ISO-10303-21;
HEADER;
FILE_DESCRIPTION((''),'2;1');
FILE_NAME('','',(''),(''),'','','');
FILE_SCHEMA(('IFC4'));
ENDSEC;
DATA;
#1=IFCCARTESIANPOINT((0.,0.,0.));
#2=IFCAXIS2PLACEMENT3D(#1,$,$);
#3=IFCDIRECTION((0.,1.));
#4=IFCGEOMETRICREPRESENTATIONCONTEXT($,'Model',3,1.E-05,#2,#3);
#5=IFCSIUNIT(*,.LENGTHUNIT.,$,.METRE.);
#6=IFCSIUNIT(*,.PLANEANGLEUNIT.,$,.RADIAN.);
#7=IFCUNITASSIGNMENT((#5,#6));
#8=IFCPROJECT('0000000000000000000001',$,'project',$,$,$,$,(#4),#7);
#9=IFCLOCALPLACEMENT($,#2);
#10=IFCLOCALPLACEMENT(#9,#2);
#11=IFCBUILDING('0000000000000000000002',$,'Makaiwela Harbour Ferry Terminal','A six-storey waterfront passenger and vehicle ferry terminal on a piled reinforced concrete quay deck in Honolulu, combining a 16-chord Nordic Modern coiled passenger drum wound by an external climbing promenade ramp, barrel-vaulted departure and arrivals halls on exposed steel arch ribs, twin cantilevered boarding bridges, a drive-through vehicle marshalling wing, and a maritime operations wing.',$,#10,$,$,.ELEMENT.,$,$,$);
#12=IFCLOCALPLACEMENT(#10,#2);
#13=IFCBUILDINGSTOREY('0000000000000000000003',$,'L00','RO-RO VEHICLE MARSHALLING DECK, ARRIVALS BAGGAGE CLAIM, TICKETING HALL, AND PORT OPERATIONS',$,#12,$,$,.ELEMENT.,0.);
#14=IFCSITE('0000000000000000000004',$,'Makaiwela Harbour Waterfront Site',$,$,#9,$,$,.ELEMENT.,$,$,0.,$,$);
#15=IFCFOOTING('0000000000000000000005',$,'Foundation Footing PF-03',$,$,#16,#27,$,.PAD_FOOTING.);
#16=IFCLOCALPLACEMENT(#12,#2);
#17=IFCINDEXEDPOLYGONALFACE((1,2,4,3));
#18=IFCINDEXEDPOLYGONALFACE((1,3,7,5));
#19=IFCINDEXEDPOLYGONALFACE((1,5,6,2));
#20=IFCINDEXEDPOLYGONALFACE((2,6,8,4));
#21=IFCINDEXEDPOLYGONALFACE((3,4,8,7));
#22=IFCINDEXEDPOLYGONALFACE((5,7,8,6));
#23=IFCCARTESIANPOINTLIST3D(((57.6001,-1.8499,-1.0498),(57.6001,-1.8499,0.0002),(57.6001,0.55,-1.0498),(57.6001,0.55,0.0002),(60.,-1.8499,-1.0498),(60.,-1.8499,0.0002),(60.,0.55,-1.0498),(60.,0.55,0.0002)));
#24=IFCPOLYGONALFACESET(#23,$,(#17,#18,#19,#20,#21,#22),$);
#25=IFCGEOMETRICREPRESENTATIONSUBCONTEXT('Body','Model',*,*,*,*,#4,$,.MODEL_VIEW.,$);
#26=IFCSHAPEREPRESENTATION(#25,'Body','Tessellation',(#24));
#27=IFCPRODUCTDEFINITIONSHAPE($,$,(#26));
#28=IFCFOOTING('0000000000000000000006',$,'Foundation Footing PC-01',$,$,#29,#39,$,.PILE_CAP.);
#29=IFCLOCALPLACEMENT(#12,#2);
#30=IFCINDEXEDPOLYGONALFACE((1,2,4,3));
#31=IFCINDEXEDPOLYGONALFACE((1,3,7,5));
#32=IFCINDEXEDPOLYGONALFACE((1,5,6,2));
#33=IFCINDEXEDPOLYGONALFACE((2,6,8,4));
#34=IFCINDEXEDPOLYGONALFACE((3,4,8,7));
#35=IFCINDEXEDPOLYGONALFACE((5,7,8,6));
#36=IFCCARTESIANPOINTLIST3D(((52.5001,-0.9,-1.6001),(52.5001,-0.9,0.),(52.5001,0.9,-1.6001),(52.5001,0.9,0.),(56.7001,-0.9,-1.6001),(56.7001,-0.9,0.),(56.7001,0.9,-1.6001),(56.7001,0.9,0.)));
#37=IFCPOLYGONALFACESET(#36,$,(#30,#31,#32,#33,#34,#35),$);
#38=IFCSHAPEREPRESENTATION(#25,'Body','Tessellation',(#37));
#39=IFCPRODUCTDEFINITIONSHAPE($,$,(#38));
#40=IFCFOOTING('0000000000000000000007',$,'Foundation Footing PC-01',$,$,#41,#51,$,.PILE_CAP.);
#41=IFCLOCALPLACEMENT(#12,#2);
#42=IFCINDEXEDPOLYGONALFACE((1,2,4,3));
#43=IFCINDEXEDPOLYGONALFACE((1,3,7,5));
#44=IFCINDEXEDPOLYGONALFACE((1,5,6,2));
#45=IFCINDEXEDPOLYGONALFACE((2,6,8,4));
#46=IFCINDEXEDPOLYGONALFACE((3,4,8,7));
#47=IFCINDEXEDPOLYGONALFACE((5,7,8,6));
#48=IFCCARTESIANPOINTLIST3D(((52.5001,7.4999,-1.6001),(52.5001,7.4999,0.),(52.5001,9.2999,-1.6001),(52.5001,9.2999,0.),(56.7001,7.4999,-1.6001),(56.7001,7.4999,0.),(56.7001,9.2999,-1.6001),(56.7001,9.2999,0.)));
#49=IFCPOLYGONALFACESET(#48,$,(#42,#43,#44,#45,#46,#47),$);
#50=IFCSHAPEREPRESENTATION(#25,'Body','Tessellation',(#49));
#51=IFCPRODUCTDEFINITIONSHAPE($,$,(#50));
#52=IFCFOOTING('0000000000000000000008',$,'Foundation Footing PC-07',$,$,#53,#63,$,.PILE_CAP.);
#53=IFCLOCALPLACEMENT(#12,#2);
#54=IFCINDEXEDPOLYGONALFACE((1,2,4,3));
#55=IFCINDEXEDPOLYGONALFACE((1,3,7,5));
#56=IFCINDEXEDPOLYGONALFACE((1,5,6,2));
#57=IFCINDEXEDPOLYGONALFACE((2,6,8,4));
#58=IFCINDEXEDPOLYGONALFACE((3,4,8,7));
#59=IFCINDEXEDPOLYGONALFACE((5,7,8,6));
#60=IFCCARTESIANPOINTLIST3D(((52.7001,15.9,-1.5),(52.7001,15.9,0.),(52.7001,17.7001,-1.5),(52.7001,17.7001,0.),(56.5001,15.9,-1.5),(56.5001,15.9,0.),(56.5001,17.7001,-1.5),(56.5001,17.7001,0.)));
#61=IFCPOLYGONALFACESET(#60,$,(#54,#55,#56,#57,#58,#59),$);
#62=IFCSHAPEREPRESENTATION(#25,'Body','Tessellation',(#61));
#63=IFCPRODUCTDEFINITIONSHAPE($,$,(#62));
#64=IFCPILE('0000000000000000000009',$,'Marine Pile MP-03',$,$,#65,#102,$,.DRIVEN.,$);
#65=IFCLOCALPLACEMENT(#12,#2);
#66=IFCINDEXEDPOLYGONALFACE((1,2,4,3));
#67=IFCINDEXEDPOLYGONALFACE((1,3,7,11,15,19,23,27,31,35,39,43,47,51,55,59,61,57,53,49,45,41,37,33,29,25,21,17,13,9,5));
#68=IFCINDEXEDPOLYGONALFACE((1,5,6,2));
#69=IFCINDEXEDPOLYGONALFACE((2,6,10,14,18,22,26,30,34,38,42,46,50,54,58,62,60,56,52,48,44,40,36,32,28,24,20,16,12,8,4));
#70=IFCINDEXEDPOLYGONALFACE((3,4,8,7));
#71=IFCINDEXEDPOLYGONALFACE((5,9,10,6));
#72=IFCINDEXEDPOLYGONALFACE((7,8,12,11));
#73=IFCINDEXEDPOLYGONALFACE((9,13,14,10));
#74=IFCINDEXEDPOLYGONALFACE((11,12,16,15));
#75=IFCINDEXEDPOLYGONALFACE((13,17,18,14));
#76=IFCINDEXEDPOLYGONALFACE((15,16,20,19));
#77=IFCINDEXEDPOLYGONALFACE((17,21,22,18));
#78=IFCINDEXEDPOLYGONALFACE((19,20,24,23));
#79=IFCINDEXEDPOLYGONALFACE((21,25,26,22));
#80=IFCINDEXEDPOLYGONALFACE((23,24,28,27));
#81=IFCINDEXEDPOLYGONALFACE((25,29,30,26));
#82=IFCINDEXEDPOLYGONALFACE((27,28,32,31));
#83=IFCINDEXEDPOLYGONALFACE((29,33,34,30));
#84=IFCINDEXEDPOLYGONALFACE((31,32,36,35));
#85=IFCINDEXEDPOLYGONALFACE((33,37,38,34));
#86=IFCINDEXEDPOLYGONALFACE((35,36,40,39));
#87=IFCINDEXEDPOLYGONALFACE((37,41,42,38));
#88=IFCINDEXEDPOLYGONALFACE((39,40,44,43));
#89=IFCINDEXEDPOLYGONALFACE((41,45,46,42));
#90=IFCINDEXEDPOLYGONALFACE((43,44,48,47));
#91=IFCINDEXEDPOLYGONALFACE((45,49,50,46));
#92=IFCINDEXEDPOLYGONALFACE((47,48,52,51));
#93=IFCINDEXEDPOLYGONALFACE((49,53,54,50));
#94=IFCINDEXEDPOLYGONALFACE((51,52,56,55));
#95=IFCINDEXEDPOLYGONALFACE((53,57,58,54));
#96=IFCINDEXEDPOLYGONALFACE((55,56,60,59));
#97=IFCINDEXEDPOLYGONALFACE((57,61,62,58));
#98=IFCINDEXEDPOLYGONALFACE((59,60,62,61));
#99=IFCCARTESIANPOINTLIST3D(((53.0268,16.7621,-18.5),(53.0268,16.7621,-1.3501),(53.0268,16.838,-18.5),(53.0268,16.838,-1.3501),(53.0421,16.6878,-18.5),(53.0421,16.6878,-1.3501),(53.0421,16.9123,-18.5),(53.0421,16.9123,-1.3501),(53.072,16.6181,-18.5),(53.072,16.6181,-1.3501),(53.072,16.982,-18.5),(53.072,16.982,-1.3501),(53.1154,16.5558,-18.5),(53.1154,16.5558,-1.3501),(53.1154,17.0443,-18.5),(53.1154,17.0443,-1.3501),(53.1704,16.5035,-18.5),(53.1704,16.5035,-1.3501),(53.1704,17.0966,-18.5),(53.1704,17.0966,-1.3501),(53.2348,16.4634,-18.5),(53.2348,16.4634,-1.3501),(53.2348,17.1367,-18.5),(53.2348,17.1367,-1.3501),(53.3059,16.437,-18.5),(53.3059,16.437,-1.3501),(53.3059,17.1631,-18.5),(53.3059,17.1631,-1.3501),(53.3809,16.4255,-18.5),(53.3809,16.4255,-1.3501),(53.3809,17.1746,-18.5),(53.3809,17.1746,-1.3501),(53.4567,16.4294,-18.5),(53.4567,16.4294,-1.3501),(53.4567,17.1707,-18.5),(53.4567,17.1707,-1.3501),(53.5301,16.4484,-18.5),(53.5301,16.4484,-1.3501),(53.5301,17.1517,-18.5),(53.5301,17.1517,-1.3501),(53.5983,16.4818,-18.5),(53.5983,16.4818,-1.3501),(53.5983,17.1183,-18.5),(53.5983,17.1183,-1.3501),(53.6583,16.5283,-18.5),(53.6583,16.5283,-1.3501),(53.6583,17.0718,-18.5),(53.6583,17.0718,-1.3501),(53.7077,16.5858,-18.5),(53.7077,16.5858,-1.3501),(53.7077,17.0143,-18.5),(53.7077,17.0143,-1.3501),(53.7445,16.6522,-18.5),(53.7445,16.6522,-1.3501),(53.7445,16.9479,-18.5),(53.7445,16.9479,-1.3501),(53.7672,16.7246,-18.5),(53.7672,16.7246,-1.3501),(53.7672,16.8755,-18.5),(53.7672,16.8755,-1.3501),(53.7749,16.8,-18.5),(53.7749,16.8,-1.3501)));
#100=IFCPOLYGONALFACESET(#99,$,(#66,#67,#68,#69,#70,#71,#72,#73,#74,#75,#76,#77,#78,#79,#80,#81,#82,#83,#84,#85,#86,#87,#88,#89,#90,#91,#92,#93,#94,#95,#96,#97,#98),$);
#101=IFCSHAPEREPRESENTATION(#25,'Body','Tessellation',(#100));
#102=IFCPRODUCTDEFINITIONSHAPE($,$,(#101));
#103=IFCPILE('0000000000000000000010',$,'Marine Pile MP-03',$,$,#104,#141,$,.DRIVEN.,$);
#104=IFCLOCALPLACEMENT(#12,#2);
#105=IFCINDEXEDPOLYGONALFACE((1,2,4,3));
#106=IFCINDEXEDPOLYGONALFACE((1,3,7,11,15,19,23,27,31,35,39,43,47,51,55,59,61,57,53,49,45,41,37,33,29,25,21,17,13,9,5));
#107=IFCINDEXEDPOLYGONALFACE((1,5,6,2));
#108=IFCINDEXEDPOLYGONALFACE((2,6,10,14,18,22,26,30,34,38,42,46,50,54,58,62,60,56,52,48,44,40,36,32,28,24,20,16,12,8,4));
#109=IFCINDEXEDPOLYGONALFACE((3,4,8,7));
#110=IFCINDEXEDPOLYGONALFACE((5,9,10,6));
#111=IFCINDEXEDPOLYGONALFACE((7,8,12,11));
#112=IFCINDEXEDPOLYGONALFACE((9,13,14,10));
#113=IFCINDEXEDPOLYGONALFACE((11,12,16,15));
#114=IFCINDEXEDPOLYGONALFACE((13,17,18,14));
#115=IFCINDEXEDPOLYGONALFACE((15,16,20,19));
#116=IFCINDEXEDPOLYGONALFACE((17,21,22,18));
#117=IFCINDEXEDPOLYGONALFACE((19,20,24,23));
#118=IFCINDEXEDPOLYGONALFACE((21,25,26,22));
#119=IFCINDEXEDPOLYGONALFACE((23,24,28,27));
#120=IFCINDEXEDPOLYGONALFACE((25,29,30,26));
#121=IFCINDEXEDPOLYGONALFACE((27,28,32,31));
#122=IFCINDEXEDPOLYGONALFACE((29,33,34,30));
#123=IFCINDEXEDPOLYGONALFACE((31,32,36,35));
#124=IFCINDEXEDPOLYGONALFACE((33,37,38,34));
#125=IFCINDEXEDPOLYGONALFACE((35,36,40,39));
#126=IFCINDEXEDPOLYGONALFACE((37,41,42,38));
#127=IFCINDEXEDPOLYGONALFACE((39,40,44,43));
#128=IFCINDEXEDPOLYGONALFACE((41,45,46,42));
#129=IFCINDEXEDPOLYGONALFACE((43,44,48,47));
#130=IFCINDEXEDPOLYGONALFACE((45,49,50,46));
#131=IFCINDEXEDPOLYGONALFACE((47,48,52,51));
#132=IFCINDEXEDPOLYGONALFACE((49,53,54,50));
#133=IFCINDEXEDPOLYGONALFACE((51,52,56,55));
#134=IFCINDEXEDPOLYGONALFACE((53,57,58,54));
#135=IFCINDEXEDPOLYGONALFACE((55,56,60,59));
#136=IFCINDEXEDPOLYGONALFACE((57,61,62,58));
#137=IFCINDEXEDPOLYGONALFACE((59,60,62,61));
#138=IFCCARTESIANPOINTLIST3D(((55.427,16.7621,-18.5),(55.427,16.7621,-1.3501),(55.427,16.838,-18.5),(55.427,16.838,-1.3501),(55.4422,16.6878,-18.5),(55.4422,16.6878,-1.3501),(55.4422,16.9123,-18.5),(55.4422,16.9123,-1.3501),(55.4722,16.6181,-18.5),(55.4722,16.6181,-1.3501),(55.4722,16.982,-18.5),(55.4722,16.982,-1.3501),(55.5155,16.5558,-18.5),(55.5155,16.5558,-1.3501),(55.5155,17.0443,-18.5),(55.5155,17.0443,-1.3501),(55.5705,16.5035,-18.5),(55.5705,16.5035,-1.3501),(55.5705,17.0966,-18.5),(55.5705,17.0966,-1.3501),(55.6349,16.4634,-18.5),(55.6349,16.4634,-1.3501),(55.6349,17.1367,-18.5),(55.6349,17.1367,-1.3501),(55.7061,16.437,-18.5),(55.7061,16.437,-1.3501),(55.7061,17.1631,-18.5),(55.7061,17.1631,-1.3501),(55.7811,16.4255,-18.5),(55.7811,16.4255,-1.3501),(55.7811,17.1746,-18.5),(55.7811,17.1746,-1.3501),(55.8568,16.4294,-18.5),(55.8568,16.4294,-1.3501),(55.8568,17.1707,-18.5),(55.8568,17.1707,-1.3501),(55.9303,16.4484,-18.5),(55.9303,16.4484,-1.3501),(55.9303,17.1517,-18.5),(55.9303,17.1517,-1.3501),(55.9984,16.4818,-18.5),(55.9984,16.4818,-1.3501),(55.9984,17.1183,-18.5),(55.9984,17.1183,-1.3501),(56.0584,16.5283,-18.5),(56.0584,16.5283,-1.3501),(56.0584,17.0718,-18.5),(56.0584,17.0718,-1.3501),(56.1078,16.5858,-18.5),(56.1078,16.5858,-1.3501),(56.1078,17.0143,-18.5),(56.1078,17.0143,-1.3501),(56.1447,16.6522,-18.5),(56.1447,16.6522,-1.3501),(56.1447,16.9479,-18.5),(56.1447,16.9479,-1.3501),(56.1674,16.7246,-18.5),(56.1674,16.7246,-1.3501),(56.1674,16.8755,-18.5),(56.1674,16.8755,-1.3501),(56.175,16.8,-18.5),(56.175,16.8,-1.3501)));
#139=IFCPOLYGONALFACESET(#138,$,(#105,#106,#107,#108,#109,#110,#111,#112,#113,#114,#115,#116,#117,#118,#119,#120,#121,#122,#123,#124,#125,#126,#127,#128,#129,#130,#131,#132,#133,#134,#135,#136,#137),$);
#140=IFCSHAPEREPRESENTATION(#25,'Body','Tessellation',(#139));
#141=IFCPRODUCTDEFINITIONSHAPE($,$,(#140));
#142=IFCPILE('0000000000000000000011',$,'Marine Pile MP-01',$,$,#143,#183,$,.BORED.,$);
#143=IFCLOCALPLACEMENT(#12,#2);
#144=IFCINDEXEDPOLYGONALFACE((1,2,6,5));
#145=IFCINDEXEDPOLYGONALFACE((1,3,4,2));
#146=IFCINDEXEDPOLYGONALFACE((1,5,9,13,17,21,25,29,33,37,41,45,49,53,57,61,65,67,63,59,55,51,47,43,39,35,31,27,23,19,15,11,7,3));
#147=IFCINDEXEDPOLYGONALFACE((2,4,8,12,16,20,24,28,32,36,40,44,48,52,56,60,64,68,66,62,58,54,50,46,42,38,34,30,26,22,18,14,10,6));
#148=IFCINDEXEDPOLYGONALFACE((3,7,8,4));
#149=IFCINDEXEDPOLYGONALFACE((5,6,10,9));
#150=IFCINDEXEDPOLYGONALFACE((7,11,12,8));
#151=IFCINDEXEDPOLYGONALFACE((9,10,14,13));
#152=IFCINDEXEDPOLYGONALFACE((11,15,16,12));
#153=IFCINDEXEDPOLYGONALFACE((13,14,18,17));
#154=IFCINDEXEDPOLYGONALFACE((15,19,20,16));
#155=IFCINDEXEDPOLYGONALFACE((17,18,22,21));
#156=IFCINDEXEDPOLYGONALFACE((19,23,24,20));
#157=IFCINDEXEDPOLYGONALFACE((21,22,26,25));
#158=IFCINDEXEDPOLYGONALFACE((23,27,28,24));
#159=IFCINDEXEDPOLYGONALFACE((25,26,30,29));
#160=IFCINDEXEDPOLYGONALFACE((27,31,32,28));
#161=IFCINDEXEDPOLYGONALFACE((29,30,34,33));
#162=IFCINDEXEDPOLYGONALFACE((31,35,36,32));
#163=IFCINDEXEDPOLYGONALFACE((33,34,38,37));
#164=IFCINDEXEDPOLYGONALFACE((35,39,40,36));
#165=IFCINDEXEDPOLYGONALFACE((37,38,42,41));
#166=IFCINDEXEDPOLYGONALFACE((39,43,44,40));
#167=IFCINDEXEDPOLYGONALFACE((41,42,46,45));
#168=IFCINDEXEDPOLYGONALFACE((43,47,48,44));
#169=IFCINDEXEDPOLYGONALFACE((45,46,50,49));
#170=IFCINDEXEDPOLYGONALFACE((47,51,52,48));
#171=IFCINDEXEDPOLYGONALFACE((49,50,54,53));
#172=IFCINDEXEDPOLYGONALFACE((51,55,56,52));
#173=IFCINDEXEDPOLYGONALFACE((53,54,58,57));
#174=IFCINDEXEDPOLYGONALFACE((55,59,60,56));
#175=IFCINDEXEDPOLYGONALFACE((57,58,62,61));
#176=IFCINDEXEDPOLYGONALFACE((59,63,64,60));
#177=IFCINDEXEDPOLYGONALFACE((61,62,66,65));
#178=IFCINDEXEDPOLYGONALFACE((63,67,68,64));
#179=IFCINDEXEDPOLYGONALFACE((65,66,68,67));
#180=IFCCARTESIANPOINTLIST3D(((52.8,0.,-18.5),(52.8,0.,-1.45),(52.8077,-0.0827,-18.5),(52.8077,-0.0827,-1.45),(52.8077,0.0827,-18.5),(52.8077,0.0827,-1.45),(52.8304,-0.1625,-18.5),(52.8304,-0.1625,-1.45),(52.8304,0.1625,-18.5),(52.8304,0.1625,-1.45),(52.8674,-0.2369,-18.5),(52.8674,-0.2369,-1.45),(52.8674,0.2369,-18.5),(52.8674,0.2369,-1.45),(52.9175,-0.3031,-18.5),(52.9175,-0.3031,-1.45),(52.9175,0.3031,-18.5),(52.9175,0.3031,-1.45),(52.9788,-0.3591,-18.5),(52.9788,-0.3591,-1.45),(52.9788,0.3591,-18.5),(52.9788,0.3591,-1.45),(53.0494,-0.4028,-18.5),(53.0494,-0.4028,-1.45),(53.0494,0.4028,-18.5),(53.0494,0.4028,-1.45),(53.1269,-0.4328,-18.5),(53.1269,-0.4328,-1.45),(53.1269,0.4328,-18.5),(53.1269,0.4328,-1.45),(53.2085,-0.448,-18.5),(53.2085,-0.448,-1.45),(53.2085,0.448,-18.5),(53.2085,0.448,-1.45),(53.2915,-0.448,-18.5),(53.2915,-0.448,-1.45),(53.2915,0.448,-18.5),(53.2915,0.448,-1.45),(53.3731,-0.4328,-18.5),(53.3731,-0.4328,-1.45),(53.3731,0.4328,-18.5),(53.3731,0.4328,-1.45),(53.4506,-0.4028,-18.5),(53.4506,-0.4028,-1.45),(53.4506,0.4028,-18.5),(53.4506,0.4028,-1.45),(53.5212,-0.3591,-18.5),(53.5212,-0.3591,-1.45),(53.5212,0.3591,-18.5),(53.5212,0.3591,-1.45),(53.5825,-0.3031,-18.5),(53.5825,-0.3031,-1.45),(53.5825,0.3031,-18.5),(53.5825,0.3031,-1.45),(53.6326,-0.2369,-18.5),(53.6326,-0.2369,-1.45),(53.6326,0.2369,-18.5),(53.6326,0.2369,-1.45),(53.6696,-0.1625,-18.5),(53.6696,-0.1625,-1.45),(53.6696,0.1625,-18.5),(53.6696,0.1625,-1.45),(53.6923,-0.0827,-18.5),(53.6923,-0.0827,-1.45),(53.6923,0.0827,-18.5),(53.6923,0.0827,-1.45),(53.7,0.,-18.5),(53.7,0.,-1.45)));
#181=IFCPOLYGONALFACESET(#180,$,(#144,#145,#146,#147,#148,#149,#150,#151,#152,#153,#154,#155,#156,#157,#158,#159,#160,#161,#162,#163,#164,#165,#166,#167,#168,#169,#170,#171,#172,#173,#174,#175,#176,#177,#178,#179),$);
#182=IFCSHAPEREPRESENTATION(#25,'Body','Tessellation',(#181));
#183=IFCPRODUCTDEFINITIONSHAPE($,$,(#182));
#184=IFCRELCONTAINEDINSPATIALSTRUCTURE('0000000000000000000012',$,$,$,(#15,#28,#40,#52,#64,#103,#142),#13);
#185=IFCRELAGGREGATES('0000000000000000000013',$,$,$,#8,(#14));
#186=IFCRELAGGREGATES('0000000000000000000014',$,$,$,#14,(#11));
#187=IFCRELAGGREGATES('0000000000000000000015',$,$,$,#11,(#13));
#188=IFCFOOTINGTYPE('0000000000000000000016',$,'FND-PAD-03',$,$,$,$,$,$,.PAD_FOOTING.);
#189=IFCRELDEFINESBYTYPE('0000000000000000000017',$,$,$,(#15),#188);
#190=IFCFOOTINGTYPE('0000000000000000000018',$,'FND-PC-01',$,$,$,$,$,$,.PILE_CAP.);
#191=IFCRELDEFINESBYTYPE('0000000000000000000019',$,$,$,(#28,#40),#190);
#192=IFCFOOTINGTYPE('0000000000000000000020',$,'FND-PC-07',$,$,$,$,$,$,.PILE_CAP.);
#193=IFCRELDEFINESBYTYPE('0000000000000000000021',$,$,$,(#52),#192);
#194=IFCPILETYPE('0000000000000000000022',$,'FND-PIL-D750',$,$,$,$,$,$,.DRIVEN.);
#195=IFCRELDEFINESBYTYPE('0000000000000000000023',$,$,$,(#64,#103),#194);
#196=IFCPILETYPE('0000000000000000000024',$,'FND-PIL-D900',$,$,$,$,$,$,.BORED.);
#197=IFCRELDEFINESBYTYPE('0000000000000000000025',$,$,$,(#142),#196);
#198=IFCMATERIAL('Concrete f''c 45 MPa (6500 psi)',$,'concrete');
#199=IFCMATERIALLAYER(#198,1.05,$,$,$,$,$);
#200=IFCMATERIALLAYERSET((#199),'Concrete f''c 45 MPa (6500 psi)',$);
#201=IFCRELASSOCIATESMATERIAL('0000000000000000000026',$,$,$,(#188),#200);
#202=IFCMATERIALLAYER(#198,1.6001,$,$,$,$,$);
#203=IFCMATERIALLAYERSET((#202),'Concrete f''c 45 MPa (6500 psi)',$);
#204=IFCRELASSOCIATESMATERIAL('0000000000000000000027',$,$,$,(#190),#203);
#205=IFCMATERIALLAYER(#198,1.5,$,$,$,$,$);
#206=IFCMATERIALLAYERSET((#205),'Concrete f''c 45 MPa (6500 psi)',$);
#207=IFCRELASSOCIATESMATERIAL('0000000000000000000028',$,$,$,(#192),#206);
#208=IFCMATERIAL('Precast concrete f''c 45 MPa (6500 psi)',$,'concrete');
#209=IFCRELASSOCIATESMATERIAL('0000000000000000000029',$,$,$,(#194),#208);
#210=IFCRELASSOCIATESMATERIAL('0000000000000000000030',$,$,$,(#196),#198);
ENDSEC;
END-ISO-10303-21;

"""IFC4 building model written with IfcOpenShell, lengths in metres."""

from ifc_helpers import new_model, si_unit, direction, frame, origin, origin_2d, place, context, subcontext, project, spatial, rectangle, circle, extrude, material, layer, layer_set, material_profile, profile_set, type_object, element, save


model = new_model("IFC4")

# Units and contexts
model_context = context("Model", 3, precision=1e-05, world=origin(), true_north=direction((0.0, 1.0)))
body_context = subcontext(model_context, "Body", "Model", "MODEL_VIEW")
ifc_project = project(units=[si_unit("LENGTHUNIT", "METRE"), si_unit("PLANEANGLEUNIT", "RADIAN")], contexts=[model_context])

# Site, building, storey
site_placement = place(None, origin())
site = spatial("IfcSite", under=ifc_project, at=site_placement, Name="Makaiwela Harbour Waterfront Site", CompositionType="ELEMENT", RefElevation=0.0)
building_placement = place(site_placement, origin())
building = spatial("IfcBuilding", under=site, at=building_placement, Name="Makaiwela Harbour Ferry Terminal", Description="A six-storey waterfront passenger and vehicle ferry terminal on a piled reinforced concrete quay deck in Honolulu, combining a 16-chord Nordic Modern coiled passenger drum wound by an external climbing promenade ramp, barrel-vaulted departure and arrivals halls on exposed steel arch ribs, twin cantilevered boarding bridges, a drive-through vehicle marshalling wing, and a maritime operations wing.", CompositionType="ELEMENT")
storey_placement = place(building_placement, origin())
storey = spatial("IfcBuildingStorey", under=building, at=storey_placement, Name="L00", Description="RO-RO VEHICLE MARSHALLING DECK, ARRIVALS BAGGAGE CLAIM, TICKETING HALL, AND PORT OPERATIONS", CompositionType="ELEMENT", Elevation=0.0)

# Footings
ifc_material_1 = material(Name="Concrete f'c 45 MPa (6500 psi)", Category="concrete")
ifc_layer_1 = layer(ifc_material_1, 1.05)
ifc_layer_set_1 = layer_set([ifc_layer_1], Name="Concrete f'c 45 MPa (6500 psi)")
footing_type_1 = type_object("IfcFootingType", Name="FND-PAD-03", PredefinedType="PAD_FOOTING", material=ifc_layer_set_1)
footing_1_placement = place(storey_placement, frame((58.8, -0.6499, -1.0498), z_axis=(0.0, 0.0, 1.0), x_axis=(1.0, 0.0, 0.0)))
element("IfcFooting", 1, at=footing_1_placement, inside=storey, type_object=footing_type_1, Name="Foundation Footing PF-03", PredefinedType="PAD_FOOTING", context=body_context, shape_type="SweptSolid", body=[
    extrude(rectangle(XDim=2.3999, YDim=2.3999, at=origin_2d()), origin(), (0.0, 0.0, 1.0), 1.05),
])
ifc_layer_2 = layer(ifc_material_1, 1.6001)
ifc_layer_set_2 = layer_set([ifc_layer_2], Name="Concrete f'c 45 MPa (6500 psi)")
footing_type_2 = type_object("IfcFootingType", Name="FND-PC-01", PredefinedType="PILE_CAP", material=ifc_layer_set_2)
for number, where, z_axis, x_axis, name in (
    (2, (54.6001, 0.0, -1.6001), (0.0, 0.0, 1.0), (1.0, 0.0, 0.0), "Foundation Footing PC-01"),
    (3, (54.6001, 8.3999, -1.6001), (0.0, 0.0, 1.0), (1.0, 0.0, 0.0), "Foundation Footing PC-01"),
):
    element("IfcFooting", number, at=place(storey_placement, frame(where, z_axis=z_axis, x_axis=x_axis)), inside=storey, type_object=footing_type_2, Name=name, PredefinedType="PILE_CAP", context=body_context, shape_type="SweptSolid", body=[
        extrude(rectangle(XDim=4.2, YDim=1.8, at=origin_2d()), origin(), (0.0, 0.0, 1.0), 1.6001),
    ])
ifc_layer_3 = layer(ifc_material_1, 1.5)
ifc_layer_set_3 = layer_set([ifc_layer_3], Name="Concrete f'c 45 MPa (6500 psi)")
footing_type_3 = type_object("IfcFootingType", Name="FND-PC-07", PredefinedType="PILE_CAP", material=ifc_layer_set_3)
footing_2_placement = place(storey_placement, frame((54.6001, 16.8, -1.5), z_axis=(0.0, 0.0, 1.0), x_axis=(1.0, 0.0, 0.0)))
element("IfcFooting", 4, at=footing_2_placement, inside=storey, type_object=footing_type_3, Name="Foundation Footing PC-07", PredefinedType="PILE_CAP", context=body_context, shape_type="SweptSolid", body=[
    extrude(rectangle(XDim=3.8, YDim=1.8, at=origin_2d()), origin(), (0.0, 0.0, 1.0), 1.5),
])

# Piles
ifc_material_2 = material(Name="Precast concrete f'c 45 MPa (6500 psi)", Category="concrete")
ifc_material_profile_1 = material_profile(ifc_material_2, circle(Radius=0.375, at=origin_2d()), Name="PILE-D750")
ifc_profile_set_1 = profile_set([ifc_material_profile_1], Name="Precast concrete f'c 45 MPa (6500 psi)")
pile_type_1 = type_object("IfcPileType", Name="FND-PIL-D750", PredefinedType="DRIVEN", material=ifc_profile_set_1)
for number, where, z_axis, x_axis, name in (
    (5, (53.3999, 16.8, -1.3501), (0.0, 0.0, -1.0), (1.0, 0.0, 0.0), "Marine Pile MP-03"),
    (6, (55.8, 16.8, -1.3501), (0.0, 0.0, -1.0), (1.0, 0.0, 0.0), "Marine Pile MP-03"),
):
    element("IfcPile", number, at=place(storey_placement, frame(where, z_axis=z_axis, x_axis=x_axis)), inside=storey, type_object=pile_type_1, Name=name, PredefinedType="DRIVEN", context=body_context, shape_type="SweptSolid", body=[
        extrude(circle(Radius=0.375, at=origin_2d()), origin(), (0.0, 0.0, 1.0), 17.1499),
    ])
ifc_material_profile_2 = material_profile(ifc_material_1, circle(Radius=0.45, at=origin_2d()), Name="PILE-D900")
ifc_profile_set_2 = profile_set([ifc_material_profile_2], Name="Concrete f'c 45 MPa (6500 psi)")
pile_type_2 = type_object("IfcPileType", Name="FND-PIL-D900", PredefinedType="BORED", material=ifc_profile_set_2)
for number, where, z_axis, x_axis, name in (
    (7, (53.25, 0.0, -1.45), (0.0, 0.0, -1.0), (1.0, 0.0, 0.0), "Marine Pile MP-01"),
):
    element("IfcPile", number, at=place(storey_placement, frame(where, z_axis=z_axis, x_axis=x_axis)), inside=storey, type_object=pile_type_2, Name=name, PredefinedType="BORED", context=body_context, shape_type="SweptSolid", body=[
        extrude(circle(Radius=0.45, at=origin_2d()), origin(), (0.0, 0.0, 1.0), 17.05),
    ])

save(model, "model.ifc")
